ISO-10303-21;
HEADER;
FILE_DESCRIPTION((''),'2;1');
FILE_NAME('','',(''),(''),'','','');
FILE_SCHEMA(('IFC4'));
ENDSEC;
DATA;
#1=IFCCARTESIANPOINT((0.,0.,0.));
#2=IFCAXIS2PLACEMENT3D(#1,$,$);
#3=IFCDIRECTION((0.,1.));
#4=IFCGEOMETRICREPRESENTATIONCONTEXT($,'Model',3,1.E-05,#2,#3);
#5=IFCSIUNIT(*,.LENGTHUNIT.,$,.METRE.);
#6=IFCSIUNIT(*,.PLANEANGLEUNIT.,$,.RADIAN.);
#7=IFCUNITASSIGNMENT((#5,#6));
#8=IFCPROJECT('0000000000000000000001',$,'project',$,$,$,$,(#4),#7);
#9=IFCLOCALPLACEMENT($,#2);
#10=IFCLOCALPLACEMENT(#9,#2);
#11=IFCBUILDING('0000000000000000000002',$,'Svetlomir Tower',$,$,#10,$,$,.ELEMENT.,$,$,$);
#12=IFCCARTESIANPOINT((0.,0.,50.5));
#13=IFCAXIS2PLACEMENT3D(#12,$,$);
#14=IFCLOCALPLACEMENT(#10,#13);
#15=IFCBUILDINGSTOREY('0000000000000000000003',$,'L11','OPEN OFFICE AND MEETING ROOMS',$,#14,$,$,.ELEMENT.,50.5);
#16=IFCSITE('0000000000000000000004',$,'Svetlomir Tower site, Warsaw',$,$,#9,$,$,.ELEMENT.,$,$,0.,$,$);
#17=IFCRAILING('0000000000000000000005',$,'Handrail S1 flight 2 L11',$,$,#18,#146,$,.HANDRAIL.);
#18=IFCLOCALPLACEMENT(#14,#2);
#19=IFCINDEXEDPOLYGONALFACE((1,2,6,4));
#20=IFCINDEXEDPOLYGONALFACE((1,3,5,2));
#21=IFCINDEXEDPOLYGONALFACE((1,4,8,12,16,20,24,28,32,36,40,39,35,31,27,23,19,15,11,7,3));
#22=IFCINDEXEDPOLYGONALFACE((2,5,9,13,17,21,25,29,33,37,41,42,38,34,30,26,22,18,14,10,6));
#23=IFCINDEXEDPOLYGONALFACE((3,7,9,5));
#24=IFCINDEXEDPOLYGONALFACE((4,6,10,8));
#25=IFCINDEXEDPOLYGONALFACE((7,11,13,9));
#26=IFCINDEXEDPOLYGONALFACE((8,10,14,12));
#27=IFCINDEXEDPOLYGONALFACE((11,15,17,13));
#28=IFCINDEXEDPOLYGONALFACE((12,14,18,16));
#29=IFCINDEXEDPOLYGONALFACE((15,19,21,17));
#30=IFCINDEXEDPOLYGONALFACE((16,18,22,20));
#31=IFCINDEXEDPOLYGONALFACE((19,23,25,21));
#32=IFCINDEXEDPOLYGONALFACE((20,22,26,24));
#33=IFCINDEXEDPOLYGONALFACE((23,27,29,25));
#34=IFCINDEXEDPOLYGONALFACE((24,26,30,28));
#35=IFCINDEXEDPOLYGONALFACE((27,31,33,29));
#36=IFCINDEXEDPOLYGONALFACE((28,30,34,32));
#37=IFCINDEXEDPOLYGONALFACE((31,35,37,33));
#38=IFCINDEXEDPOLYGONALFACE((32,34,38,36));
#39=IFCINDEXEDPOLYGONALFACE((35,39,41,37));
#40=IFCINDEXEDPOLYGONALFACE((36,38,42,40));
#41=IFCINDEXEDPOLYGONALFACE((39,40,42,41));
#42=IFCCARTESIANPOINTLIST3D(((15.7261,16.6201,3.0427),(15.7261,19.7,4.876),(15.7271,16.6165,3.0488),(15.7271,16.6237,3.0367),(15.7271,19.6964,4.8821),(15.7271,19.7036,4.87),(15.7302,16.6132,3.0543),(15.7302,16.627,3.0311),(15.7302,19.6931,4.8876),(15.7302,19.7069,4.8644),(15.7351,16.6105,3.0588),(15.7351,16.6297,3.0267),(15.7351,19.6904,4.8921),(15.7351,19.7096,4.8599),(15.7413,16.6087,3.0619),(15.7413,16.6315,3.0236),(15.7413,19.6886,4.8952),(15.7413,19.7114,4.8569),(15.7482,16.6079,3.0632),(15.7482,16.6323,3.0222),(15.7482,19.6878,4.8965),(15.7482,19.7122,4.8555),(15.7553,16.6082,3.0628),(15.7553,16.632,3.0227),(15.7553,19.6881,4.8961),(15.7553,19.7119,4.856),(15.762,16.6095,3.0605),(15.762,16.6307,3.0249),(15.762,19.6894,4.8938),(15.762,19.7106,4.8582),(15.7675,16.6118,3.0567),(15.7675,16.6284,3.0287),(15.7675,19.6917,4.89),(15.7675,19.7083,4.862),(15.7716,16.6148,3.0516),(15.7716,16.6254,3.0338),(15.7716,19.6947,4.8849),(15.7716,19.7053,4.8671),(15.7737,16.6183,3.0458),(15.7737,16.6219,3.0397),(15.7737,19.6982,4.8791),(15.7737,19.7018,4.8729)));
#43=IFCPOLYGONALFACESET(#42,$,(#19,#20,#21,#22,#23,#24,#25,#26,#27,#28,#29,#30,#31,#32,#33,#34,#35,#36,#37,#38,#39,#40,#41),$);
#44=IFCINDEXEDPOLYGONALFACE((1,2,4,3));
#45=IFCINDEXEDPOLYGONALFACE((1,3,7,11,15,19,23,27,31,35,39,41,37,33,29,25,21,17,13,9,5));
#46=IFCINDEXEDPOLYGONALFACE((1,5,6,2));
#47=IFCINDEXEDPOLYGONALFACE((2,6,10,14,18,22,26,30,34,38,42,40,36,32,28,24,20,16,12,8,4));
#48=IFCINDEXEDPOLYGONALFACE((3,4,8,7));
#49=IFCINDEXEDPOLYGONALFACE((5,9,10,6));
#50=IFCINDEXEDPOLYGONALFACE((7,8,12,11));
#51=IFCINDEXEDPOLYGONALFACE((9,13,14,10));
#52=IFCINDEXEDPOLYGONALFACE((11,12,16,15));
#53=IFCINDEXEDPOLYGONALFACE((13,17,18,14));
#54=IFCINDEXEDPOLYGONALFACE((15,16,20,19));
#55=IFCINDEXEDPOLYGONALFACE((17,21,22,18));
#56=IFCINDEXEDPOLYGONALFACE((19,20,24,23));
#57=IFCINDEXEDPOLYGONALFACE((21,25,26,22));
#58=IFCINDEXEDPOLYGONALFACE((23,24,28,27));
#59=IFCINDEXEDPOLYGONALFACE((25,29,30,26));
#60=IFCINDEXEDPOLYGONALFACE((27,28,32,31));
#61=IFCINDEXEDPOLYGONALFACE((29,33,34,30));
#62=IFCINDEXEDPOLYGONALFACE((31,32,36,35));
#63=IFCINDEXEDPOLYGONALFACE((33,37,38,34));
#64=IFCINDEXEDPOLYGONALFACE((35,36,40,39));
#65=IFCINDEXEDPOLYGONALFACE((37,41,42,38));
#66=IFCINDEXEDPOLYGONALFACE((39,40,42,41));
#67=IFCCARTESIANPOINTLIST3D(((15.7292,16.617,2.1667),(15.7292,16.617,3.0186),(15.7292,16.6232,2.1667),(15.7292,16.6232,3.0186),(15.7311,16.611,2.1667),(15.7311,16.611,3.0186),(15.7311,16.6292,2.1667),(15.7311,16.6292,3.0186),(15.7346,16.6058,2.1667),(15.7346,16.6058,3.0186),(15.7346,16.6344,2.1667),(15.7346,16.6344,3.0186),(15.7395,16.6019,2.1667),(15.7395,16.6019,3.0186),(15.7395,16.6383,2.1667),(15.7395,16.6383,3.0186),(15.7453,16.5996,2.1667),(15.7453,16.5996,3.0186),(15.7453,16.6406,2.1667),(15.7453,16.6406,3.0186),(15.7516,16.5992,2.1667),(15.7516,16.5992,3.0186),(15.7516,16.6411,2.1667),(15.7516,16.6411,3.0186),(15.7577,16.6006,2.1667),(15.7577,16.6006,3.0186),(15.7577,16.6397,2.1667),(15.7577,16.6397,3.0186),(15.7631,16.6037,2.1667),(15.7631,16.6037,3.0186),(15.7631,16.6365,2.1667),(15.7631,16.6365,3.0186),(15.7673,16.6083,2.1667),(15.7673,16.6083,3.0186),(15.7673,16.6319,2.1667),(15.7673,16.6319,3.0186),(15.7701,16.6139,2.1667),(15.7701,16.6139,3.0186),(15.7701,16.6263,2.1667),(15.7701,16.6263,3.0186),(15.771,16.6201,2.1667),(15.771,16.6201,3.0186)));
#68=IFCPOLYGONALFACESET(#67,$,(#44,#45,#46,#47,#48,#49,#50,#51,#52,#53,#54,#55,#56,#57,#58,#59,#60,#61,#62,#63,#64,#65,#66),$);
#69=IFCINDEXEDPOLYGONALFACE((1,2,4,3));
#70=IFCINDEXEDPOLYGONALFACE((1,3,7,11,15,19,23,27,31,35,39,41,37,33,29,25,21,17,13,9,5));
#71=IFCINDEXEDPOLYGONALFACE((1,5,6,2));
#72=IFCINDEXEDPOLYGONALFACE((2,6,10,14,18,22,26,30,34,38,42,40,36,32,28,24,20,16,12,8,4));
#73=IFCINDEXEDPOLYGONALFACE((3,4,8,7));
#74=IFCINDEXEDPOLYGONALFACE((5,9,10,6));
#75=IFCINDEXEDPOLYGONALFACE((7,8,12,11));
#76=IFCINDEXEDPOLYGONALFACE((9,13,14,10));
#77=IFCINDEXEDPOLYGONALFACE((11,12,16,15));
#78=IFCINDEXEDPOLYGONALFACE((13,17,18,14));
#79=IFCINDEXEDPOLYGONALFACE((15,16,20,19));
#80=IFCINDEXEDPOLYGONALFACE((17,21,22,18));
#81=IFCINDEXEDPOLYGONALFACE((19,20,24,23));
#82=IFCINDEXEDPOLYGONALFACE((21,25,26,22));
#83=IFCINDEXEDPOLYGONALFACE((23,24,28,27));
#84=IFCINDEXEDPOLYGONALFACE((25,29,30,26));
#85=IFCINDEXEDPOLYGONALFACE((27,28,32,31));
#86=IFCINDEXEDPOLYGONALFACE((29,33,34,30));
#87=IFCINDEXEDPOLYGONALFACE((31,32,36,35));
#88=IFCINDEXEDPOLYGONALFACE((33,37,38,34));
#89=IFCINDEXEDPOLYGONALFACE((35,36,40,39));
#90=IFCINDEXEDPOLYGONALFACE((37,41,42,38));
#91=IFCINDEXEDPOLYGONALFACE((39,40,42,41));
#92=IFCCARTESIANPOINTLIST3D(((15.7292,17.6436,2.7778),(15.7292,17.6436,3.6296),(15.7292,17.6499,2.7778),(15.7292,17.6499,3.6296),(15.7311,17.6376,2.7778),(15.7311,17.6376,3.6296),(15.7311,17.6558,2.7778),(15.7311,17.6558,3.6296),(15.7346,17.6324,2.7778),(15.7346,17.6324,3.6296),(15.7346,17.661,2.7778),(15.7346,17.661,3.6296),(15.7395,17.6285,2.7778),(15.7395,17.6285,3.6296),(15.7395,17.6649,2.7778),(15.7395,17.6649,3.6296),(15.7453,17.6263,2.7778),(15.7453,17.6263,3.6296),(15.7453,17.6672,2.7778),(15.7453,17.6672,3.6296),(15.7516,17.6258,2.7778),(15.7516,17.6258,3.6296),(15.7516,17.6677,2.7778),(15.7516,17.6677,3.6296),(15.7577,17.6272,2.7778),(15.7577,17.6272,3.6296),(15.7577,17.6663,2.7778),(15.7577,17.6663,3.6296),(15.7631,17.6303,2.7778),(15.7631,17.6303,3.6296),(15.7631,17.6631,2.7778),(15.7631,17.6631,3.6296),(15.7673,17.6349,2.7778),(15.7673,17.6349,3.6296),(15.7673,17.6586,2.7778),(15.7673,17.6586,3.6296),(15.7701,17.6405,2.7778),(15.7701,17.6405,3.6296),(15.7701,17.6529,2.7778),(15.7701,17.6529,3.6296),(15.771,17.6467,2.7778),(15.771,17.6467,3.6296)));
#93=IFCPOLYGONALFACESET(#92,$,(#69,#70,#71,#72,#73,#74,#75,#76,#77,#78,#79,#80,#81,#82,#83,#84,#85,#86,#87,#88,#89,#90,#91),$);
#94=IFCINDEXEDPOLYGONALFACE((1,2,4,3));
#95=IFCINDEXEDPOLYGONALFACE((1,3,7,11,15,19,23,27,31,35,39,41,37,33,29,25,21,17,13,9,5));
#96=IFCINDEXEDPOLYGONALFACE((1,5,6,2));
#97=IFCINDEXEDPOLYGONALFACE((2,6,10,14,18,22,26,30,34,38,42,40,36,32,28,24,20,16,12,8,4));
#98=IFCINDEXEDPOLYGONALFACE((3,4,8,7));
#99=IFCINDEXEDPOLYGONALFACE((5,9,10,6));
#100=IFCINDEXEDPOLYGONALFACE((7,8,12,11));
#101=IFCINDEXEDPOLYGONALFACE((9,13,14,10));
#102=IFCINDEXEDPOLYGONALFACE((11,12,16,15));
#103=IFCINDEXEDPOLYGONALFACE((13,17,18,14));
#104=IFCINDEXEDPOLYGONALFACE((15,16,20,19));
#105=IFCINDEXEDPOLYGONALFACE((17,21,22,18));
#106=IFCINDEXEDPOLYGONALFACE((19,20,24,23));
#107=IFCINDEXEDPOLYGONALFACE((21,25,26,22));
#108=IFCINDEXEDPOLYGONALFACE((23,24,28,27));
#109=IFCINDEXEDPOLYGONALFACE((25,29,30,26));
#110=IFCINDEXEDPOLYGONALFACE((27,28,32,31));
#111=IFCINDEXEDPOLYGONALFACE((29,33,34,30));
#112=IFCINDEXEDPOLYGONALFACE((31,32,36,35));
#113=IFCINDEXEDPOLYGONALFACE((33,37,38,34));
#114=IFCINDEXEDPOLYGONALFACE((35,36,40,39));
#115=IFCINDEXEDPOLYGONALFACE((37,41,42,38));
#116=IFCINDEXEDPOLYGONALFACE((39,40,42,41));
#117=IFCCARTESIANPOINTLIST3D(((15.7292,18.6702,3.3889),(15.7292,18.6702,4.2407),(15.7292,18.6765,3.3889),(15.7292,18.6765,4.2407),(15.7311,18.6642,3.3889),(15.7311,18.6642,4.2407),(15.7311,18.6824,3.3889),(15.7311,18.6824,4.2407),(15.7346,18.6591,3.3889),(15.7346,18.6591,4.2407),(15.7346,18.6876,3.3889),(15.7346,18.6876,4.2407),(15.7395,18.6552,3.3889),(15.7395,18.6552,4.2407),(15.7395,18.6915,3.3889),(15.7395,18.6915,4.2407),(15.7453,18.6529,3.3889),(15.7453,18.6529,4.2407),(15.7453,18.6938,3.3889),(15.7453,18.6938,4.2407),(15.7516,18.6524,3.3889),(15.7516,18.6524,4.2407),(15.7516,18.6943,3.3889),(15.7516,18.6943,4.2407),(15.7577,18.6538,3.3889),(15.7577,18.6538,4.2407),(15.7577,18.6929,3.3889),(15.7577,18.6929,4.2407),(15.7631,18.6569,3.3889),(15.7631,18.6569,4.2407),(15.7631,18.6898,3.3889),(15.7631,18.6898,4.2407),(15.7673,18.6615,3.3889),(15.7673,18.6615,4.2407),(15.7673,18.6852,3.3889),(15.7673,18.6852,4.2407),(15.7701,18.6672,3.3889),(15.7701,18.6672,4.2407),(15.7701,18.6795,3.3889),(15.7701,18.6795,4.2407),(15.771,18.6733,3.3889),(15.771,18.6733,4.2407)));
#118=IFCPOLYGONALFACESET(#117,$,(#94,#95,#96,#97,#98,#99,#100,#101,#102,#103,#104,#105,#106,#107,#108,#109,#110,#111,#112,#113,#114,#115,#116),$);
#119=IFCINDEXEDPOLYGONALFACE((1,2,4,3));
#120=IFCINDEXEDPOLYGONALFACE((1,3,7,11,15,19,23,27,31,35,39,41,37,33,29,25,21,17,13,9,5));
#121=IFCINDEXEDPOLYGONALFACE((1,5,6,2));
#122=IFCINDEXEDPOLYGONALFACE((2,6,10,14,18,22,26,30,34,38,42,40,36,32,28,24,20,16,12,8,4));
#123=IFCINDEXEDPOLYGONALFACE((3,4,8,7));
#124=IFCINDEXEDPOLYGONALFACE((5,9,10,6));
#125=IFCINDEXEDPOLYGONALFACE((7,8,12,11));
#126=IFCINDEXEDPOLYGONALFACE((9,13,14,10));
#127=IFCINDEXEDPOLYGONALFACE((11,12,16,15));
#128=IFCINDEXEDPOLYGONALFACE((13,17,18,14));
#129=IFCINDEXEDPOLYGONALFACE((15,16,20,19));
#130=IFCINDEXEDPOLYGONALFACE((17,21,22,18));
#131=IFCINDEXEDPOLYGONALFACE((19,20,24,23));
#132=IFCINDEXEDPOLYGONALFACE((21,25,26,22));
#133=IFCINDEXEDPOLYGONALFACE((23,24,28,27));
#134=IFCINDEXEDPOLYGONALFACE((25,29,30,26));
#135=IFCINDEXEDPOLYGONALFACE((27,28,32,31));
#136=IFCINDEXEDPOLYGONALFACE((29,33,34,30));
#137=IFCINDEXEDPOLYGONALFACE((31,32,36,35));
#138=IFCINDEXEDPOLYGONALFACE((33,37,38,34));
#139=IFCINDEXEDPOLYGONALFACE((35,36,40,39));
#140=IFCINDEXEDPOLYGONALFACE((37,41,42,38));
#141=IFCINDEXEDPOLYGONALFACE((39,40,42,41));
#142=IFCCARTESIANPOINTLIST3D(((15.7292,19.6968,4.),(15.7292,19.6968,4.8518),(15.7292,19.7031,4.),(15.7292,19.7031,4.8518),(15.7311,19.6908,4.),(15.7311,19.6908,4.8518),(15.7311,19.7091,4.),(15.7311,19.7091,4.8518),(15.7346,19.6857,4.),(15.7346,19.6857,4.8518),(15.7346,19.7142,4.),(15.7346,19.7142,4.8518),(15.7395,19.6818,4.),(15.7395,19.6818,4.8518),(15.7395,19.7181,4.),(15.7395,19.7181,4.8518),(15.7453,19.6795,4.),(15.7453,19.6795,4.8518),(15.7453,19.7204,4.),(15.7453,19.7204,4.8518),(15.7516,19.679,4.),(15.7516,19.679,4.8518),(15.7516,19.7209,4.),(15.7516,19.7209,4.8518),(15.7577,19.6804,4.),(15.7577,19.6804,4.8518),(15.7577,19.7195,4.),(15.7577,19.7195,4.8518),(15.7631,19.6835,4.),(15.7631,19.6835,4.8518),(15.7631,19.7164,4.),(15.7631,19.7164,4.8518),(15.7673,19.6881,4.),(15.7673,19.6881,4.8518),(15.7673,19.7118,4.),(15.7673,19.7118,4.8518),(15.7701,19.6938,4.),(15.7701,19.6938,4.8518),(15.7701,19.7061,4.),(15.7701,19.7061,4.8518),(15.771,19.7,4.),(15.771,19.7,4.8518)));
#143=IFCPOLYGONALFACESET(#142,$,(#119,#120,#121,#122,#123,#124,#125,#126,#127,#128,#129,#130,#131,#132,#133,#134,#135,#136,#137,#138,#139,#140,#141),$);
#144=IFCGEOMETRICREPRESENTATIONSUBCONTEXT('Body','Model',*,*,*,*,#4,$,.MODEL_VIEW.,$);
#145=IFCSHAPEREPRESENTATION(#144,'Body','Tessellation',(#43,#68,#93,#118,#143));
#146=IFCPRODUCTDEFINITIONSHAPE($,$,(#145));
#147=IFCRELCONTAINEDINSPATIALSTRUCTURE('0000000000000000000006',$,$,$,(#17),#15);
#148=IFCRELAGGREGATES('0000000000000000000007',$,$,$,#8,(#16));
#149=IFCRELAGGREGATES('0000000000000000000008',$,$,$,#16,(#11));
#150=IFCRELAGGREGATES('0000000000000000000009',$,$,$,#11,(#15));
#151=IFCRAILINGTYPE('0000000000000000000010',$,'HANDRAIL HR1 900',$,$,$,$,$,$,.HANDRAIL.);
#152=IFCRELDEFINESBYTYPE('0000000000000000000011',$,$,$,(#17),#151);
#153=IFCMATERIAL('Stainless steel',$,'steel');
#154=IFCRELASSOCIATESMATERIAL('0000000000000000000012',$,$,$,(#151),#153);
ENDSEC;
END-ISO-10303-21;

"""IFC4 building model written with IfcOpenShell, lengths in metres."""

from ifc_helpers import new_model, si_unit, direction, frame, origin, origin_2d, place, context, subcontext, project, spatial, circle, extrude, material, type_object, element, save


model = new_model("IFC4")

# Units and contexts
model_context = context("Model", 3, precision=1e-05, world=origin(), true_north=direction((0.0, 1.0)))
body_context = subcontext(model_context, "Body", "Model", "MODEL_VIEW")
ifc_project = project(units=[si_unit("LENGTHUNIT", "METRE"), si_unit("PLANEANGLEUNIT", "RADIAN")], contexts=[model_context])

# Site, building, storey
site_placement = place(None, origin())
site = spatial("IfcSite", under=ifc_project, at=site_placement, Name="Svetlomir Tower site, Warsaw", CompositionType="ELEMENT", RefElevation=0.0)
building_placement = place(site_placement, origin())
building = spatial("IfcBuilding", under=site, at=building_placement, Name="Svetlomir Tower", CompositionType="ELEMENT")
storey_placement = place(building_placement, frame((0.0, 0.0, 50.5)))
storey = spatial("IfcBuildingStorey", under=building, at=storey_placement, Name="L11", Description="OPEN OFFICE AND MEETING ROOMS", CompositionType="ELEMENT", Elevation=50.5)

# Railing
ifc_material_1 = material(Name="Stainless steel", Category="steel")
railing_type = type_object("IfcRailingType", Name="HANDRAIL HR1 900", PredefinedType="HANDRAIL", material=ifc_material_1)
railing_placement = place(storey_placement, frame((15.75, 16.6201, 2.1667)))
element("IfcRailing", 1, at=railing_placement, inside=storey, type_object=railing_type, Name="Handrail S1 flight 2 L11", PredefinedType="HANDRAIL", context=body_context, shape_type="SweptSolid", body=[
    extrude(circle(Radius=0.0239, at=origin_2d()), frame((0.0, 0.0, 0.876), z_axis=(0.0, 0.859291, 0.511487), x_axis=(-1.0, 0.0, 0.0)), (0.0, 0.0, 1.0), 3.5842),
    extrude(circle(Radius=0.021, at=origin_2d()), origin(), (0.0, 0.0, 1.0), 0.8518),
    extrude(circle(Radius=0.021, at=origin_2d()), frame((0.0, 1.0266, 0.6111)), (0.0, 0.0, 1.0), 0.8518),
    extrude(circle(Radius=0.021, at=origin_2d()), frame((0.0, 2.0532, 1.2222)), (0.0, 0.0, 1.0), 0.8518),
    extrude(circle(Radius=0.021, at=origin_2d()), frame((0.0, 3.0798, 1.8333)), (0.0, 0.0, 1.0), 0.8518),
])

save(model, "model.ifc")
